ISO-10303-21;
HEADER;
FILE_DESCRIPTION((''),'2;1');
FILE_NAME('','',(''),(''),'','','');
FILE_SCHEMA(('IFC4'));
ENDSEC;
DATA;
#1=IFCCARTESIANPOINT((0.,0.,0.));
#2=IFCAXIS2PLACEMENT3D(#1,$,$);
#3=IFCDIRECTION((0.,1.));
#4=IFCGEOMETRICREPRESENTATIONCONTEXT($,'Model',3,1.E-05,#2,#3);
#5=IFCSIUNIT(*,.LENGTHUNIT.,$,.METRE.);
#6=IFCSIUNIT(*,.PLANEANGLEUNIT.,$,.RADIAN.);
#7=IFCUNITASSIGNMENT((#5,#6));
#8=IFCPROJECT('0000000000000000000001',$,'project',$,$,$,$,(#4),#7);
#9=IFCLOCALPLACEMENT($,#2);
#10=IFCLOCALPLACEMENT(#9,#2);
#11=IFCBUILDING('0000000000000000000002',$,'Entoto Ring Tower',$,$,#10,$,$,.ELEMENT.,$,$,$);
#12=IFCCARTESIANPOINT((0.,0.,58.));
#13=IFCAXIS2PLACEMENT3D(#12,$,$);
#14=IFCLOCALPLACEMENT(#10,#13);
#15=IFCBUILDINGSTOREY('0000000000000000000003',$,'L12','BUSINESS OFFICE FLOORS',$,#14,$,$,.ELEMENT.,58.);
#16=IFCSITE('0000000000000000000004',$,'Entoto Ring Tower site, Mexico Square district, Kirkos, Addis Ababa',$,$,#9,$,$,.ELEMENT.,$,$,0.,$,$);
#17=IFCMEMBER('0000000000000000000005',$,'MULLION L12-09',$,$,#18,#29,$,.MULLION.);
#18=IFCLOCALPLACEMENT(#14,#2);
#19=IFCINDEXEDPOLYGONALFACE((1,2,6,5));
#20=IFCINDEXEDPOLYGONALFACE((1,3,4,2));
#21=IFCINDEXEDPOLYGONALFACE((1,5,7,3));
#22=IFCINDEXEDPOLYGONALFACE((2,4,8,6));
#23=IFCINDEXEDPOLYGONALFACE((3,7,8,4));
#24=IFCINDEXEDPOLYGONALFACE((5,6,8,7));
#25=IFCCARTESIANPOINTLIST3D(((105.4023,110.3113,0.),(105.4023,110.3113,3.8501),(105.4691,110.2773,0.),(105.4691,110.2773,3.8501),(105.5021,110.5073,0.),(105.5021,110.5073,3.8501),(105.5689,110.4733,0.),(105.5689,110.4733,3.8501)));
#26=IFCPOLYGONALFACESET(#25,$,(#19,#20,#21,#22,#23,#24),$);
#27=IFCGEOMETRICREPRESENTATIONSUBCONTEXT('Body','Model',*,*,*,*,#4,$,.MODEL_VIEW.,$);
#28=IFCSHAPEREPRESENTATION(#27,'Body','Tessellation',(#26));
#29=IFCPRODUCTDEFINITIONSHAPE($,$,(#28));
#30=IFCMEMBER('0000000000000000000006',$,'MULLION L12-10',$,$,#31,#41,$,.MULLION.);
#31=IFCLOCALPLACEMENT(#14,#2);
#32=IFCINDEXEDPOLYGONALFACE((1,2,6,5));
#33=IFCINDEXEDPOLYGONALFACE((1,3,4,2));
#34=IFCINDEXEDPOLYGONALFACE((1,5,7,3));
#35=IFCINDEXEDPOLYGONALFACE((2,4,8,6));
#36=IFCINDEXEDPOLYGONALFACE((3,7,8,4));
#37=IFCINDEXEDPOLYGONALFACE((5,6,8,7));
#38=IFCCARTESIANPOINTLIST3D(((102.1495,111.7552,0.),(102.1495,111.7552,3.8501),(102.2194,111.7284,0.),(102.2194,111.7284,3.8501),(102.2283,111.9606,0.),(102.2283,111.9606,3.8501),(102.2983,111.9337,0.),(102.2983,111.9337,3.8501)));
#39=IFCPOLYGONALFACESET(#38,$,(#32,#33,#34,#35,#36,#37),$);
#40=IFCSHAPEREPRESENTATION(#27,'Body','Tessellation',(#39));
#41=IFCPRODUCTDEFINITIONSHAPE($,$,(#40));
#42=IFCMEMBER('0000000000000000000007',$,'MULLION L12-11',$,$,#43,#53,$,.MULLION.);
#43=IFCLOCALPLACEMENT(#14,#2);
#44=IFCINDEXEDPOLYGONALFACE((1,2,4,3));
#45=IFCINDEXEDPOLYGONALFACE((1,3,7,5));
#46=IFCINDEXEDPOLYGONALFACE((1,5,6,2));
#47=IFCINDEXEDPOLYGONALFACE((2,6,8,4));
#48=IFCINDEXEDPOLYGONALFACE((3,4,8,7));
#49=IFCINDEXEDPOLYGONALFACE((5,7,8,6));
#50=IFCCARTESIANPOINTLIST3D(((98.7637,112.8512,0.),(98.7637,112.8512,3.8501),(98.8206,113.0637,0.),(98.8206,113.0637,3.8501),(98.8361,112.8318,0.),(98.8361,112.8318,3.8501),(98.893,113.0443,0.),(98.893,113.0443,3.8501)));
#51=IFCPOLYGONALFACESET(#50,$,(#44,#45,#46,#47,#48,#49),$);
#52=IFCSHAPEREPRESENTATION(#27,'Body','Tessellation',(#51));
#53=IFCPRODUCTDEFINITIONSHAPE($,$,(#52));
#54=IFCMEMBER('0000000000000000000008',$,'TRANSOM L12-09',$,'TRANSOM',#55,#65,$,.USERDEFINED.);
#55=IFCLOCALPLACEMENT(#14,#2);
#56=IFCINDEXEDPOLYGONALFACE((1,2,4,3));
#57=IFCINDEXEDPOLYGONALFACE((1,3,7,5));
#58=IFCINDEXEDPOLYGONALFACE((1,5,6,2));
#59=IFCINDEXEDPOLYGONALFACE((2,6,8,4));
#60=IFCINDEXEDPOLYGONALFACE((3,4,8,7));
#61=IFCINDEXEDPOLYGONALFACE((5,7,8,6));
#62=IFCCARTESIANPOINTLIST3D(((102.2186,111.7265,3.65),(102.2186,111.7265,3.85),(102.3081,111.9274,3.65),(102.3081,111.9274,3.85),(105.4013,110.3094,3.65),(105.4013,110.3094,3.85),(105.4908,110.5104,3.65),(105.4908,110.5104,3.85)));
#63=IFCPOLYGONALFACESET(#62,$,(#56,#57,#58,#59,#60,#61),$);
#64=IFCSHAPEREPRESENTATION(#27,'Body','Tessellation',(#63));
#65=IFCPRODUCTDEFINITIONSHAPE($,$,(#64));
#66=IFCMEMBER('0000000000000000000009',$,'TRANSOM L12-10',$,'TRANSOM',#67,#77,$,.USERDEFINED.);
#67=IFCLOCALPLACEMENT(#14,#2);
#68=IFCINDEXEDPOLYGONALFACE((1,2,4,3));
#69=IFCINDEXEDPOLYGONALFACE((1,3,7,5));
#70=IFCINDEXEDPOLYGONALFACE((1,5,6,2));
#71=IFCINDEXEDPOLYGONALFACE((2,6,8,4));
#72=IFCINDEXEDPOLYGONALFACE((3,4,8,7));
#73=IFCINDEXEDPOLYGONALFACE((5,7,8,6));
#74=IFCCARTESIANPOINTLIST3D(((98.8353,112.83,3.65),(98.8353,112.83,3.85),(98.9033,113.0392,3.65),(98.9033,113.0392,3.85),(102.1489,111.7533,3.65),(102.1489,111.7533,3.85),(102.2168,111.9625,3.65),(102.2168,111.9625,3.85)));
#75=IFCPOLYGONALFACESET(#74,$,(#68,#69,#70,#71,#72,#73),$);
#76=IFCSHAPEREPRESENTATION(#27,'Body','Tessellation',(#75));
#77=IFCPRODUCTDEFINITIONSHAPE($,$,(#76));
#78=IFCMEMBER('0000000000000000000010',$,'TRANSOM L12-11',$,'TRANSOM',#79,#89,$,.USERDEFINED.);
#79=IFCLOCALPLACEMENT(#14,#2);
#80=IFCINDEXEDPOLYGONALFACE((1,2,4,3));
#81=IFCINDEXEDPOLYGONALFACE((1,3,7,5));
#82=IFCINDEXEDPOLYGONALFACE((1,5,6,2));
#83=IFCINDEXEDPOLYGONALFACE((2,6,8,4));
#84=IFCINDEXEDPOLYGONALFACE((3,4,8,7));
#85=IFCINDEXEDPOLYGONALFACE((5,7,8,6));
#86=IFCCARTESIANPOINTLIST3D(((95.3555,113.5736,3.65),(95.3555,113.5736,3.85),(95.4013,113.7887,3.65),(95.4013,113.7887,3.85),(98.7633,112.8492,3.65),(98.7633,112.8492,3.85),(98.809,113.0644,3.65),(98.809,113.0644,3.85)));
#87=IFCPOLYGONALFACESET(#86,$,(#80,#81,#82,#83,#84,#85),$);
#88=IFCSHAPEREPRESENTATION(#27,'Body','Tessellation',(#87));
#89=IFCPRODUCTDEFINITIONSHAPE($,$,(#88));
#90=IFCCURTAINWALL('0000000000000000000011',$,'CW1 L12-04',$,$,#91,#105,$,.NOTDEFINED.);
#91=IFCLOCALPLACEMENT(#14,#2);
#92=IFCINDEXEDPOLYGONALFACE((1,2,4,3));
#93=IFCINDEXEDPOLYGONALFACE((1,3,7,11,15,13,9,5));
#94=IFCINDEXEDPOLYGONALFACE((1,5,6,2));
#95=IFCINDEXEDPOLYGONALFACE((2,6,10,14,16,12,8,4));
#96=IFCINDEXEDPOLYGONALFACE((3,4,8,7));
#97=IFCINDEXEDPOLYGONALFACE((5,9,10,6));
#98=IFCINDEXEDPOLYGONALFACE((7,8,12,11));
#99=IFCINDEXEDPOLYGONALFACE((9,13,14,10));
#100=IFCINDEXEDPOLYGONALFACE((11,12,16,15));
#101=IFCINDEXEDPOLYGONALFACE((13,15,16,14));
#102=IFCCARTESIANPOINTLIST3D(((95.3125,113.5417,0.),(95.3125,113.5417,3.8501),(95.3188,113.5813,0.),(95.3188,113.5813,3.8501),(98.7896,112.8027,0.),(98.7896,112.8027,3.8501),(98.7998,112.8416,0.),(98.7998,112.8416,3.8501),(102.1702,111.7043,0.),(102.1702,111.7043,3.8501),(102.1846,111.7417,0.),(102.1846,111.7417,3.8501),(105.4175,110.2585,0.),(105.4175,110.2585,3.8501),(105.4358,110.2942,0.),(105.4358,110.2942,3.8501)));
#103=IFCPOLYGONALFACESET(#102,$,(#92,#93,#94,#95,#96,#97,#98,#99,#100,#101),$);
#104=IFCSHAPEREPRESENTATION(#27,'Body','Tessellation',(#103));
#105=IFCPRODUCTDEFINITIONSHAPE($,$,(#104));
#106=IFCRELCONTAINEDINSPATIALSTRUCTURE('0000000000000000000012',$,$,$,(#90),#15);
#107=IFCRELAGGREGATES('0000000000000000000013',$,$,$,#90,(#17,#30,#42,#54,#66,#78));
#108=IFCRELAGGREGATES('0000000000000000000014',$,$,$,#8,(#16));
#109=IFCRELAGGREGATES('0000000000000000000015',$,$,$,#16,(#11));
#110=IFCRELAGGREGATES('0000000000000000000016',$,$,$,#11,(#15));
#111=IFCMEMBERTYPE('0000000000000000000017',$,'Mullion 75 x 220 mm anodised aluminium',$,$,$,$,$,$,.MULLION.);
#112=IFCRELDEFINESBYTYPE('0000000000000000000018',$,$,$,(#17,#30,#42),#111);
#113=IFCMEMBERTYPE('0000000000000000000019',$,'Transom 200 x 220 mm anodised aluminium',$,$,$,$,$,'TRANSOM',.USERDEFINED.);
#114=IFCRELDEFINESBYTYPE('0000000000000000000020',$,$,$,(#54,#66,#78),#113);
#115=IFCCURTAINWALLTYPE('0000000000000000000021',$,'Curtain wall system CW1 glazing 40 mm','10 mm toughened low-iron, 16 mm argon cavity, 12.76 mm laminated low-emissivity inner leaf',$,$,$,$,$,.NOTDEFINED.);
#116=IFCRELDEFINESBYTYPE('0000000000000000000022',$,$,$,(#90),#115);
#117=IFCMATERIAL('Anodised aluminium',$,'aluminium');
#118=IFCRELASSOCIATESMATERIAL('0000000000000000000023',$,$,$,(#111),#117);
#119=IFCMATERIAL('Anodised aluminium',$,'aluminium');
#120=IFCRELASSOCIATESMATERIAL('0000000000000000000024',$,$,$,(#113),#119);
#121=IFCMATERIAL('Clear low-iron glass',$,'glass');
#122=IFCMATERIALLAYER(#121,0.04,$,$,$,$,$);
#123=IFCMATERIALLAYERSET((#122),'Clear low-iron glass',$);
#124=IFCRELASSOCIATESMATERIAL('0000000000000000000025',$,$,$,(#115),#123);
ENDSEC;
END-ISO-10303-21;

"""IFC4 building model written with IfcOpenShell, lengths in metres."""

from ifc_helpers import new_model, si_unit, direction, frame, origin, origin_2d, place, context, subcontext, project, spatial, polyline, rectangle, outline, extrude, material, layer, layer_set, material_profile, profile_set, type_object, element, aggregate, save


model = new_model("IFC4")

# Units and contexts
model_context = context("Model", 3, precision=1e-05, world=origin(), true_north=direction((0.0, 1.0)))
body_context = subcontext(model_context, "Body", "Model", "MODEL_VIEW")
ifc_project = project(units=[si_unit("LENGTHUNIT", "METRE"), si_unit("PLANEANGLEUNIT", "RADIAN")], contexts=[model_context])

# Members
ifc_material_1 = material(Name="Anodised aluminium", Category="aluminium")
ifc_material_profile_1 = material_profile(ifc_material_1, rectangle(XDim=0.075, YDim=0.22, at=origin_2d()), Name="Mullion 75 x 220 mm anodised aluminium")
ifc_profile_set_1 = profile_set([ifc_material_profile_1], Name="Anodised aluminium")
member_type_1 = type_object("IfcMemberType", Name="Mullion 75 x 220 mm anodised aluminium", PredefinedType="MULLION", material=ifc_profile_set_1)
site_placement = place(None, origin())
building_placement = place(site_placement, origin())
storey_placement = place(building_placement, frame((0.0, 0.0, 58.0)))
member_1_placement = place(storey_placement, frame((105.4856, 110.3923, 0.0), z_axis=(0.0, 0.0, 1.0), x_axis=(-0.891007, 0.45399, 0.0)))
member_1 = element("IfcMember", 1, at=member_1_placement, type_object=member_type_1, Name="MULLION L12-09", PredefinedType="MULLION", context=body_context, shape_type="SweptSolid", body=[
    extrude(rectangle(XDim=0.075, YDim=0.22, at=origin_2d()), origin(), (0.0, 0.0, 1.0), 3.8501),
])
member_2_placement = place(storey_placement, frame((102.2239, 111.8445, 0.0), z_axis=(0.0, 0.0, 1.0), x_axis=(-0.93358, 0.358368, 0.0)))
member_2 = element("IfcMember", 2, at=member_2_placement, type_object=member_type_1, Name="MULLION L12-10", PredefinedType="MULLION", context=body_context, shape_type="SweptSolid", body=[
    extrude(rectangle(XDim=0.075, YDim=0.22, at=origin_2d()), origin(), (0.0, 0.0, 1.0), 3.8501),
])
member_3_placement = place(storey_placement, frame((98.8284, 112.9478, 0.0), z_axis=(0.0, 0.0, 1.0), x_axis=(-0.965926, 0.258819, 0.0)))
member_3 = element("IfcMember", 3, at=member_3_placement, type_object=member_type_1, Name="MULLION L12-11", PredefinedType="MULLION", context=body_context, shape_type="SweptSolid", body=[
    extrude(rectangle(XDim=0.075, YDim=0.22, at=origin_2d()), origin(), (0.0, 0.0, 1.0), 3.8501),
])
ifc_material_2 = material(Name="Anodised aluminium", Category="aluminium")
ifc_material_profile_2 = material_profile(ifc_material_2, rectangle(XDim=0.22, YDim=0.2, at=origin_2d()), Name="Transom 200 x 220 mm anodised aluminium")
ifc_profile_set_2 = profile_set([ifc_material_profile_2], Name="Anodised aluminium")
member_type_2 = type_object("IfcMemberType", Name="Transom 200 x 220 mm anodised aluminium", ElementType="TRANSOM", PredefinedType="USERDEFINED", material=ifc_profile_set_2)
member_4_placement = place(storey_placement, frame((105.446, 110.4099, 3.75), z_axis=(-0.913545, 0.406737, 0.0), x_axis=(-0.406737, -0.913545, 0.0)))
member_4 = element("IfcMember", 4, at=member_4_placement, type_object=member_type_2, Name="TRANSOM L12-09", ObjectType="TRANSOM", PredefinedType="USERDEFINED", context=body_context, shape_type="SweptSolid", body=[
    extrude(rectangle(XDim=0.22, YDim=0.2, at=origin_2d()), origin(), (0.0, 0.0, 1.0), 3.4839),
])
member_5_placement = place(storey_placement, frame((102.1829, 111.8579, 3.75), z_axis=(-0.951053, 0.309029, 0.0), x_axis=(-0.309029, -0.951053, 0.0)))
member_5 = element("IfcMember", 5, at=member_5_placement, type_object=member_type_2, Name="TRANSOM L12-10", ObjectType="TRANSOM", PredefinedType="USERDEFINED", context=body_context, shape_type="SweptSolid", body=[
    extrude(rectangle(XDim=0.22, YDim=0.2, at=origin_2d()), origin(), (0.0, 0.0, 1.0), 3.4841),
])
member_6_placement = place(storey_placement, frame((98.7861, 112.9568, 3.75), z_axis=(-0.978146, 0.207921, 0.0), x_axis=(-0.207921, -0.978146, 0.0)))
member_6 = element("IfcMember", 6, at=member_6_placement, type_object=member_type_2, Name="TRANSOM L12-11", ObjectType="TRANSOM", PredefinedType="USERDEFINED", context=body_context, shape_type="SweptSolid", body=[
    extrude(rectangle(XDim=0.22, YDim=0.2, at=origin_2d()), origin(), (0.0, 0.0, 1.0), 3.4839),
])

# Site, building, storey
site = spatial("IfcSite", under=ifc_project, at=site_placement, Name="Entoto Ring Tower site, Mexico Square district, Kirkos, Addis Ababa", CompositionType="ELEMENT", RefElevation=0.0)
building = spatial("IfcBuilding", under=site, at=building_placement, Name="Entoto Ring Tower", CompositionType="ELEMENT")
storey = spatial("IfcBuildingStorey", under=building, at=storey_placement, Name="L12", Description="BUSINESS OFFICE FLOORS", CompositionType="ELEMENT", Elevation=58.0)

# Curtain wall
ifc_material_3 = material(Name="Clear low-iron glass", Category="glass")
ifc_layer = layer(ifc_material_3, 0.04)
ifc_layer_set = layer_set([ifc_layer], Name="Clear low-iron glass")
curtain_wall_type = type_object("IfcCurtainWallType", Name="Curtain wall system CW1 glazing 40 mm", Description="10 mm toughened low-iron, 16 mm argon cavity, 12.76 mm laminated low-emissivity inner leaf", PredefinedType="NOTDEFINED", material=ifc_layer_set)
curtain_wall_1_placement = place(storey_placement, origin())
curtain_wall_1 = element("IfcCurtainWall", 7, at=curtain_wall_1_placement, inside=storey, type_object=curtain_wall_type, Name="CW1 L12-04", PredefinedType="NOTDEFINED", context=body_context, shape_type="SweptSolid", body=[
    extrude(outline(polyline([(105.4358, 110.2942), (102.1846, 111.7417), (98.7998, 112.8416), (95.3188, 113.5813), (95.3125, 113.5417), (98.7896, 112.8027), (102.1702, 111.7043), (105.4175, 110.2585), (105.4358, 110.2942)])), origin(), (0.0, 0.0, 1.0), 3.8501),
])
aggregate(curtain_wall_1, [member_1, member_2, member_3, member_4, member_5, member_6])

save(model, "model.ifc")
